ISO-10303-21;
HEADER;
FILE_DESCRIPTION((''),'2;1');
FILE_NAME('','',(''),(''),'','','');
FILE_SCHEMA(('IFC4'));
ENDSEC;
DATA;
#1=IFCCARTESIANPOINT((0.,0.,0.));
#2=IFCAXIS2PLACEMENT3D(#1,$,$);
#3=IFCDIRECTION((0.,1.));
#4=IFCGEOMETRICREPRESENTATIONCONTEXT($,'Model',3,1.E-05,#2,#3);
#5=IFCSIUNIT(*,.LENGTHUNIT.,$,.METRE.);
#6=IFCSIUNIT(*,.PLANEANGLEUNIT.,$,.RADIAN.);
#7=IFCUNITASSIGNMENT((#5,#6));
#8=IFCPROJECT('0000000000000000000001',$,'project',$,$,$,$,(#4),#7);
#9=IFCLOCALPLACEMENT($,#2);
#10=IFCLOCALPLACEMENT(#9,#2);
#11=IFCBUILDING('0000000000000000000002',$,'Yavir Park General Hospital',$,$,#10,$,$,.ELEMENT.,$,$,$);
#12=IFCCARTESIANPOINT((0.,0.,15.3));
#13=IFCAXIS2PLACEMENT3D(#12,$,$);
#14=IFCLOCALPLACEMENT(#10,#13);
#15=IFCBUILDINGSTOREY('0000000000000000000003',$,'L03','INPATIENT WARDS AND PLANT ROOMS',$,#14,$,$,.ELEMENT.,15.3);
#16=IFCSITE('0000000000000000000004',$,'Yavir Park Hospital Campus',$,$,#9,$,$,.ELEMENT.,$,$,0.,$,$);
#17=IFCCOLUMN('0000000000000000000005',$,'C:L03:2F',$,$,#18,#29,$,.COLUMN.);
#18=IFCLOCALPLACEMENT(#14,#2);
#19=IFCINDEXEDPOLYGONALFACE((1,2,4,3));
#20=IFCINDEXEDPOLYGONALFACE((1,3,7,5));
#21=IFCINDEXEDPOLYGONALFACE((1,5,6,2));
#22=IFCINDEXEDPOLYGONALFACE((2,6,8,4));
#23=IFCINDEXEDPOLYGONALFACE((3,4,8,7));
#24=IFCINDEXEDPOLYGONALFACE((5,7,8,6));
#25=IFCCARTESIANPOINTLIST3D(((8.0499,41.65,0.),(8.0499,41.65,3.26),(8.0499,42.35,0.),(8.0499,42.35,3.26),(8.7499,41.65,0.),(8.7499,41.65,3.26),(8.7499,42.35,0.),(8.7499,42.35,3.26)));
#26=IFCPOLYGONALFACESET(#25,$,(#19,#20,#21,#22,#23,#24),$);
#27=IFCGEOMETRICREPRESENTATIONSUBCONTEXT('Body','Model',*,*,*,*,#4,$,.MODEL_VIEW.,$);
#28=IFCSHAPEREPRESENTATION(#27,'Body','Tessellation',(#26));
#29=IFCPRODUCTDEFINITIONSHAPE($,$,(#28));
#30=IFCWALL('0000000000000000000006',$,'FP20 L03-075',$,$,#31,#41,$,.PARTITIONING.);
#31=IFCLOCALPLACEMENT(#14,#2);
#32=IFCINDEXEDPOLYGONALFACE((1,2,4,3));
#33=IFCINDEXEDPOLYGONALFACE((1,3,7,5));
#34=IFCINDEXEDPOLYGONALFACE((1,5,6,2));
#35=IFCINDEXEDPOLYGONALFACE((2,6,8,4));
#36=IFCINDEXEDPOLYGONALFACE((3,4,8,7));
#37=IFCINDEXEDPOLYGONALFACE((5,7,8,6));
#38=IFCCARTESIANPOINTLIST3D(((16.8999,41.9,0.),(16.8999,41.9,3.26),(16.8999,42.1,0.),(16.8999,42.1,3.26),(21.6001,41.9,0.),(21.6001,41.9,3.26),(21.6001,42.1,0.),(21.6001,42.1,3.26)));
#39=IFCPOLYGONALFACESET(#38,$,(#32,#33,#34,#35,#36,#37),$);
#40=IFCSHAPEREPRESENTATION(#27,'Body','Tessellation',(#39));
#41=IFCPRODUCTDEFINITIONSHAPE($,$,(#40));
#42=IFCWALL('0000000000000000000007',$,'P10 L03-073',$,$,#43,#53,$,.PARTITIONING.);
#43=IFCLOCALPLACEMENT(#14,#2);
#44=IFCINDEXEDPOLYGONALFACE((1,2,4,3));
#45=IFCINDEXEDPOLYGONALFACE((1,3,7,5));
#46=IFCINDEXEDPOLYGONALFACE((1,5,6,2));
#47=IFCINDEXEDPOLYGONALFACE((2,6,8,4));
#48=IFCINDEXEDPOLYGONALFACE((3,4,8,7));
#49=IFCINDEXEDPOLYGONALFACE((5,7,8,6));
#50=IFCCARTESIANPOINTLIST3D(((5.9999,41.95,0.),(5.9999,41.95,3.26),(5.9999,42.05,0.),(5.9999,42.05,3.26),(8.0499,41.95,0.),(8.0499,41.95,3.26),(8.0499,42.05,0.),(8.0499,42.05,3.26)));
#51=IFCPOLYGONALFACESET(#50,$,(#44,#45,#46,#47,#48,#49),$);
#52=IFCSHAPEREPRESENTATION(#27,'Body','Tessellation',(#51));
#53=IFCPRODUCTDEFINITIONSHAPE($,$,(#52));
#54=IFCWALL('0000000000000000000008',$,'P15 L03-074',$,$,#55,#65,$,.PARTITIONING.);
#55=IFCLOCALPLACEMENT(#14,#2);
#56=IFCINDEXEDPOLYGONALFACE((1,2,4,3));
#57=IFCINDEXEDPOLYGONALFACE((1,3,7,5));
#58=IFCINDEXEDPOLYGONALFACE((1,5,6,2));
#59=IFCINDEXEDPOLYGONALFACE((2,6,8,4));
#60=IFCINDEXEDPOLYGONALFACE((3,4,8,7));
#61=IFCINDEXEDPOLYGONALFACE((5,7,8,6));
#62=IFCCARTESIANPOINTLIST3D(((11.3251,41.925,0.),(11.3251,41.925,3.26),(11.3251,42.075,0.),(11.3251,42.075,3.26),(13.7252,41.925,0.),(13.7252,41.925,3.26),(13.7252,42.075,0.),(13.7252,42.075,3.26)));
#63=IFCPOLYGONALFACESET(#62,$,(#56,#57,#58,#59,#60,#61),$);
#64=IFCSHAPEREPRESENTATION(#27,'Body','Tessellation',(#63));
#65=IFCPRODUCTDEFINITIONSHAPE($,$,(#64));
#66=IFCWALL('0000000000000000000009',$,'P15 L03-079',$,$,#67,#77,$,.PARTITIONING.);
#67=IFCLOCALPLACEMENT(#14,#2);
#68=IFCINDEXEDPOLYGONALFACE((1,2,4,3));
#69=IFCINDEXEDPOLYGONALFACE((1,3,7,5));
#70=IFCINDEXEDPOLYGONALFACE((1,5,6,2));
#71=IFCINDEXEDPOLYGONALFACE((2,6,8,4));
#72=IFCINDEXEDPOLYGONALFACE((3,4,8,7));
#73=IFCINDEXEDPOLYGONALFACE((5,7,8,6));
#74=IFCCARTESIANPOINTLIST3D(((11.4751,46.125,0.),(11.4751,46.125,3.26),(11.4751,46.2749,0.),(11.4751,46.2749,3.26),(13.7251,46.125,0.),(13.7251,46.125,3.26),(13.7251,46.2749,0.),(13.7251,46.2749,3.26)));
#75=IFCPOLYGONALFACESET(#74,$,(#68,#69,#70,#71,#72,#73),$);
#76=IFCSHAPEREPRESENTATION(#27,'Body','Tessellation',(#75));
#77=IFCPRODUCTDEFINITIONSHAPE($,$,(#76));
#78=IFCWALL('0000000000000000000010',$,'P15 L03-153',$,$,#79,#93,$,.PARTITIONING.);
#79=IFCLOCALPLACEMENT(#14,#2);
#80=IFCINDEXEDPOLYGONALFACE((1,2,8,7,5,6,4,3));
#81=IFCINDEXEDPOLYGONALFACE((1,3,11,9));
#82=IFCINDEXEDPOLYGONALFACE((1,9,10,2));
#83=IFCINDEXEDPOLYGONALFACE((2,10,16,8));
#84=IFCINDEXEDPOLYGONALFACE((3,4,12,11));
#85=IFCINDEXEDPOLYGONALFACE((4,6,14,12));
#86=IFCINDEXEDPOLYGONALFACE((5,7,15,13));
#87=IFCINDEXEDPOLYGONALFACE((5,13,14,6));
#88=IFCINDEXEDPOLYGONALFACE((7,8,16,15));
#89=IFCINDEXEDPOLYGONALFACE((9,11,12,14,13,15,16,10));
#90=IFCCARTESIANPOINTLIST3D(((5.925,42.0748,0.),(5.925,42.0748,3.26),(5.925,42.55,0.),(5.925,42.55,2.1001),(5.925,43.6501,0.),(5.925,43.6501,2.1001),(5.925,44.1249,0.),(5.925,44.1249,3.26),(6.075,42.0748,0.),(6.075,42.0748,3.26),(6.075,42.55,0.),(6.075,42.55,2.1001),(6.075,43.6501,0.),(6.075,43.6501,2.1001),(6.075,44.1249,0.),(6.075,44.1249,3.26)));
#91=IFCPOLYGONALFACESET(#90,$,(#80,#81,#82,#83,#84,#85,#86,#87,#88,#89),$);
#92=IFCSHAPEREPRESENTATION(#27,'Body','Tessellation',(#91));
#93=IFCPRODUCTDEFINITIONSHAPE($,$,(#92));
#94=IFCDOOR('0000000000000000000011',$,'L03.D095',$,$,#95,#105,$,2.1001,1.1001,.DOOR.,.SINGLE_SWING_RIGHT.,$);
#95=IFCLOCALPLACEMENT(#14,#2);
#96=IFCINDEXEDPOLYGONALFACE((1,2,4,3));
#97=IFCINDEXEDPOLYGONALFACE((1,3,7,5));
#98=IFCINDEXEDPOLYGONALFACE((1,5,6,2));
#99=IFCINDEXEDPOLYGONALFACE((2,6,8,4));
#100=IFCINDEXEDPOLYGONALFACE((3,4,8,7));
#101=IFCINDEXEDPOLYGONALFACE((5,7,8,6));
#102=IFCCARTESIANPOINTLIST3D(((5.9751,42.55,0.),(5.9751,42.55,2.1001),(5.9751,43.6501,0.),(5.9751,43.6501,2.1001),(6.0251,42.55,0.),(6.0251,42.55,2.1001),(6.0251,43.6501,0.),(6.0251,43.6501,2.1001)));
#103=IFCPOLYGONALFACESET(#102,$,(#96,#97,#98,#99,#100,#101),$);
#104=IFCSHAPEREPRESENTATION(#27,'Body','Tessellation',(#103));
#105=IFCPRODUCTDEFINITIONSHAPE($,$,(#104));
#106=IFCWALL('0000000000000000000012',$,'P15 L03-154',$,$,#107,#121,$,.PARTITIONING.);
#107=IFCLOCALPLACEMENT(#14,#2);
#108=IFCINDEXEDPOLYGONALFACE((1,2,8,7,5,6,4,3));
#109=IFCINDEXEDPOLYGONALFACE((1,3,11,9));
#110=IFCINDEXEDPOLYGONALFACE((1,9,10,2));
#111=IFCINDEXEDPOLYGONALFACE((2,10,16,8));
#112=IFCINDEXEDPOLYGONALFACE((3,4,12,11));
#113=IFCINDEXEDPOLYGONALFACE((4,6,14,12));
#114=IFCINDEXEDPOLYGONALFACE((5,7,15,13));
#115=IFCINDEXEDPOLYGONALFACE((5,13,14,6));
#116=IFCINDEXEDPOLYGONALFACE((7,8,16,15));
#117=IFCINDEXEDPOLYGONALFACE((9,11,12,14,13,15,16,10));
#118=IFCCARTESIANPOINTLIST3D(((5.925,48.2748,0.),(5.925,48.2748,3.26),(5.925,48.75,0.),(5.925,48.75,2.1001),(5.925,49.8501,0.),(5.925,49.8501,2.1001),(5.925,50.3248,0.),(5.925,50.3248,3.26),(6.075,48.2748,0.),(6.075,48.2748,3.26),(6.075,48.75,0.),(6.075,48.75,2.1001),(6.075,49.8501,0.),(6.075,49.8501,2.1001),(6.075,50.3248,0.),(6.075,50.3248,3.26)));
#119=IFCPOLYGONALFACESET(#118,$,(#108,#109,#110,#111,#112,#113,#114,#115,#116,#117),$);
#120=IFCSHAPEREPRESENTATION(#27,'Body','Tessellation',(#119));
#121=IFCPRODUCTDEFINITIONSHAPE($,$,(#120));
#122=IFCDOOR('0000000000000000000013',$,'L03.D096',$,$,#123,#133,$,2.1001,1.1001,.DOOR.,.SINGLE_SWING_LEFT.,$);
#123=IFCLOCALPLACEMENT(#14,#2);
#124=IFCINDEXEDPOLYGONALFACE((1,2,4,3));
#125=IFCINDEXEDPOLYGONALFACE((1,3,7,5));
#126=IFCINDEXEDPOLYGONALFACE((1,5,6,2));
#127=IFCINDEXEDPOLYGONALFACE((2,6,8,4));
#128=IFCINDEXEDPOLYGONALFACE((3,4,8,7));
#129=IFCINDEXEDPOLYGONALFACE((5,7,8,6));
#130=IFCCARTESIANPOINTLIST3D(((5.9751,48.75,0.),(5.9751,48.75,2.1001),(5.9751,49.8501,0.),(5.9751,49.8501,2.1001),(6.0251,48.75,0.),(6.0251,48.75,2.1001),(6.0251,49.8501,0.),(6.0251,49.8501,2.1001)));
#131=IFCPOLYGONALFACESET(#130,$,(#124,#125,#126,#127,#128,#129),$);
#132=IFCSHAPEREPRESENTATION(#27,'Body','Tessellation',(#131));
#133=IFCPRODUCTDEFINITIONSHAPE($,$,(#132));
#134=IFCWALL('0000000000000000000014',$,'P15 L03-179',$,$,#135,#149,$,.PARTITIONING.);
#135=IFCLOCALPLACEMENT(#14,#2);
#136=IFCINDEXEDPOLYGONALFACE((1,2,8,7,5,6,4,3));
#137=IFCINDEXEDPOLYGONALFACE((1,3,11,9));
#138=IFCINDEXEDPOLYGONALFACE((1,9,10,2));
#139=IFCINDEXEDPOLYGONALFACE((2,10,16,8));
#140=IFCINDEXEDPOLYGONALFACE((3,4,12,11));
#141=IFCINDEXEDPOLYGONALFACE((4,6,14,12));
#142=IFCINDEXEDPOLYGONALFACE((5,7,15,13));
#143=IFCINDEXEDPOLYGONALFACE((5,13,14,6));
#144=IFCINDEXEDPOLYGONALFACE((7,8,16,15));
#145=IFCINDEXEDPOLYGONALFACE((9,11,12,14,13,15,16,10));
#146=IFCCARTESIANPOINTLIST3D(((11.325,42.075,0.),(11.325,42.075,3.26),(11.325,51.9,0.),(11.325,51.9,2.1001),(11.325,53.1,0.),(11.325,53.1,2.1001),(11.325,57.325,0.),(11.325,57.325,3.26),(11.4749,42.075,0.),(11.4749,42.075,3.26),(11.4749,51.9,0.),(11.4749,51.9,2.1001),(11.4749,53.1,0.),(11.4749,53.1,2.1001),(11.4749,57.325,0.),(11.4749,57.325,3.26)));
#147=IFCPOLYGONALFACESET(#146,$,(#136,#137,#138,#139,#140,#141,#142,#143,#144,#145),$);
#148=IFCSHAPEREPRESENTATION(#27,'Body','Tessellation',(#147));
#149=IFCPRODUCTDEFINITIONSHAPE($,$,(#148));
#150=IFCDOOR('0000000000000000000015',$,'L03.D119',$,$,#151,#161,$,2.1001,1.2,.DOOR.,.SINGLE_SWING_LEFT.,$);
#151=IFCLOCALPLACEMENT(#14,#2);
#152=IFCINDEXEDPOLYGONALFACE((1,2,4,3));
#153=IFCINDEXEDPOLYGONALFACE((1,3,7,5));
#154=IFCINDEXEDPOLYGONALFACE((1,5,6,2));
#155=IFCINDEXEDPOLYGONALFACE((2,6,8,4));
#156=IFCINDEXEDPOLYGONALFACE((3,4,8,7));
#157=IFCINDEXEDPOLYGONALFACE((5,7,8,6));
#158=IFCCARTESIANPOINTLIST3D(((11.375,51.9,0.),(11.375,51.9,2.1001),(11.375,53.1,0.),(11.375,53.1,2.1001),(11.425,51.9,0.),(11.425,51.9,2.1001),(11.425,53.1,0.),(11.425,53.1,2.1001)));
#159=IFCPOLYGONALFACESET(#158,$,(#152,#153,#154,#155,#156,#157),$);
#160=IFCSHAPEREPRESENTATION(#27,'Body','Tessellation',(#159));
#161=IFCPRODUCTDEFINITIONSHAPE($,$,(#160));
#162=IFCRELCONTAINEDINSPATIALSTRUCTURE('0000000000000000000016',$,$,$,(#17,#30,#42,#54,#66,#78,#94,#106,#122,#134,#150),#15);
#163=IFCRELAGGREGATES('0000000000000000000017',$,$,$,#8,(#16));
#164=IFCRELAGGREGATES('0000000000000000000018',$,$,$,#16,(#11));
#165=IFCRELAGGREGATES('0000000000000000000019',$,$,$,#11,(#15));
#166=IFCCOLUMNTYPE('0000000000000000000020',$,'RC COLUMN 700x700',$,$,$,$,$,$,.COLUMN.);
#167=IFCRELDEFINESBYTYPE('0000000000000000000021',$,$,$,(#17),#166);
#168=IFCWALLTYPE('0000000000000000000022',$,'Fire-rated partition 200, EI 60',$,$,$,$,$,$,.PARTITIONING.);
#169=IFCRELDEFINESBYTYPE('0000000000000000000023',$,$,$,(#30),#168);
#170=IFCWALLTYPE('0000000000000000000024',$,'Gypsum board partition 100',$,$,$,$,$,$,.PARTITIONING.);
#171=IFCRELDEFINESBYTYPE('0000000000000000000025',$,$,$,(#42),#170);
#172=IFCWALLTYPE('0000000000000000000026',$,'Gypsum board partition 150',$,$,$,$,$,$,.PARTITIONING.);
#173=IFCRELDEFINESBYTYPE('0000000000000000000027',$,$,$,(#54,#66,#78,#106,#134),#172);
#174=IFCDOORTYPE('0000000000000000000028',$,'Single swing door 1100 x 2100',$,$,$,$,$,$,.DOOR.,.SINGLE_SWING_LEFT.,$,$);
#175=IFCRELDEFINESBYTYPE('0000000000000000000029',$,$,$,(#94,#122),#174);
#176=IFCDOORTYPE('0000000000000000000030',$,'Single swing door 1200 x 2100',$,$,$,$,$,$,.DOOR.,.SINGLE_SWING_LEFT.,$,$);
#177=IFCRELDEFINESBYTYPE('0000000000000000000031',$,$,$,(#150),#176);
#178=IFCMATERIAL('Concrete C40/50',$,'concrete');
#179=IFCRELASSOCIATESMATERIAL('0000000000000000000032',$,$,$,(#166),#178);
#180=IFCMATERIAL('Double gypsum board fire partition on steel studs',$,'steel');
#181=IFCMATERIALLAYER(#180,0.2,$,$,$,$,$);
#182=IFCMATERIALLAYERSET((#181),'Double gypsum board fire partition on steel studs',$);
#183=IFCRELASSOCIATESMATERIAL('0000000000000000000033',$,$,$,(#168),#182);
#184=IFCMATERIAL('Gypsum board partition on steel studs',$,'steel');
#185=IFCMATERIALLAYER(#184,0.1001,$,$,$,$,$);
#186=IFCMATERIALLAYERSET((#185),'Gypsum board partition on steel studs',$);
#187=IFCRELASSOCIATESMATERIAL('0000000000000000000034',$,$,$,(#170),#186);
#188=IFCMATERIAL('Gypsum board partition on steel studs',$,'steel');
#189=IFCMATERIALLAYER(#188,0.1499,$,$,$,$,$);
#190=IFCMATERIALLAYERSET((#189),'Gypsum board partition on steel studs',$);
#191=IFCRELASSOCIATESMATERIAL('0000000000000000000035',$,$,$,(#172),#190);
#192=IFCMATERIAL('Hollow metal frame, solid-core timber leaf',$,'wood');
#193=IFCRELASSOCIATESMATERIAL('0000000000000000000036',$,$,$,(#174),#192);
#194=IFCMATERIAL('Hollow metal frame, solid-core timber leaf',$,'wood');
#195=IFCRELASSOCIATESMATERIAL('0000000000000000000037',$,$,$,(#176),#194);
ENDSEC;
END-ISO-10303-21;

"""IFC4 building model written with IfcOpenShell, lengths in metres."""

from ifc_helpers import new_model, si_unit, direction, frame, frame_2d, origin, origin_2d, place, context, subcontext, project, spatial, rectangle, extrude, material, layer, layer_set, material_profile, profile_set, type_object, element, fill, save


model = new_model("IFC4")

# Units and contexts
model_context = context("Model", 3, precision=1e-05, world=origin(), true_north=direction((0.0, 1.0)))
body_context = subcontext(model_context, "Body", "Model", "MODEL_VIEW")
ifc_project = project(units=[si_unit("LENGTHUNIT", "METRE"), si_unit("PLANEANGLEUNIT", "RADIAN")], contexts=[model_context])

# Site, building, storey
site_placement = place(None, origin())
site = spatial("IfcSite", under=ifc_project, at=site_placement, Name="Yavir Park Hospital Campus", CompositionType="ELEMENT", RefElevation=0.0)
building_placement = place(site_placement, origin())
building = spatial("IfcBuilding", under=site, at=building_placement, Name="Yavir Park General Hospital", CompositionType="ELEMENT")
storey_placement = place(building_placement, frame((0.0, 0.0, 15.3)))
storey = spatial("IfcBuildingStorey", under=building, at=storey_placement, Name="L03", Description="INPATIENT WARDS AND PLANT ROOMS", CompositionType="ELEMENT", Elevation=15.3)

# Column
ifc_material_1 = material(Name="Concrete C40/50", Category="concrete")
ifc_material_profile = material_profile(ifc_material_1, rectangle(XDim=0.7, YDim=0.7, at=origin_2d()), Name="RC700x700")
ifc_profile_set = profile_set([ifc_material_profile], Name="Concrete C40/50")
column_type = type_object("IfcColumnType", Name="RC COLUMN 700x700", PredefinedType="COLUMN", material=ifc_profile_set)
column_placement = place(storey_placement, frame((8.3999, 42.0, 0.0), z_axis=(0.0, 0.0, 1.0), x_axis=(1.0, 0.0, 0.0)))
element("IfcColumn", 1, at=column_placement, inside=storey, type_object=column_type, Name="C:L03:2F", PredefinedType="COLUMN", context=body_context, shape_type="SweptSolid", body=[
    extrude(rectangle(XDim=0.7, YDim=0.7, at=origin_2d()), origin(), (0.0, 0.0, 1.0), 3.26),
])

# Wall
ifc_material_2 = material(Name="Double gypsum board fire partition on steel studs", Category="steel")
ifc_layer_1 = layer(ifc_material_2, 0.2)
ifc_layer_set_1 = layer_set([ifc_layer_1], Name="Double gypsum board fire partition on steel studs")
wall_type_1 = type_object("IfcWallType", Name="Fire-rated partition 200, EI 60", PredefinedType="PARTITIONING", material=ifc_layer_set_1)
wall_1_placement = place(storey_placement, frame((16.8999, 42.0, 0.0), z_axis=(0.0, 0.0, 1.0), x_axis=(1.0, 0.0, 0.0)))
element("IfcWall", 2, at=wall_1_placement, inside=storey, type_object=wall_type_1, Name="FP20 L03-075", PredefinedType="PARTITIONING", context=body_context, shape_type="SweptSolid", body=[
    extrude(rectangle(XDim=4.7002, YDim=0.2, at=frame_2d((2.3501, 0.0))), origin(), (0.0, 0.0, 1.0), 3.26),
])

# Walls
ifc_material_3 = material(Name="Gypsum board partition on steel studs", Category="steel")
ifc_layer_2 = layer(ifc_material_3, 0.1001)
ifc_layer_set_2 = layer_set([ifc_layer_2], Name="Gypsum board partition on steel studs")
wall_type_2 = type_object("IfcWallType", Name="Gypsum board partition 100", PredefinedType="PARTITIONING", material=ifc_layer_set_2)
wall_2_placement = place(storey_placement, frame((6.0, 42.0, 0.0), z_axis=(0.0, 0.0, 1.0), x_axis=(1.0, 0.0, 0.0)))
element("IfcWall", 3, at=wall_2_placement, inside=storey, type_object=wall_type_2, Name="P10 L03-073", PredefinedType="PARTITIONING", context=body_context, shape_type="SweptSolid", body=[
    extrude(rectangle(XDim=2.05, YDim=0.1001, at=frame_2d((1.0249, 0.0))), origin(), (0.0, 0.0, 1.0), 3.26),
])
ifc_material_4 = material(Name="Gypsum board partition on steel studs", Category="steel")
ifc_layer_3 = layer(ifc_material_4, 0.1499)
ifc_layer_set_3 = layer_set([ifc_layer_3], Name="Gypsum board partition on steel studs")
wall_type_3 = type_object("IfcWallType", Name="Gypsum board partition 150", PredefinedType="PARTITIONING", material=ifc_layer_set_3)
wall_3_placement = place(storey_placement, frame((11.325, 42.0, 0.0), z_axis=(0.0, 0.0, 1.0), x_axis=(1.0, 0.0, 0.0)))
element("IfcWall", 4, at=wall_3_placement, inside=storey, type_object=wall_type_3, Name="P15 L03-074", PredefinedType="PARTITIONING", context=body_context, shape_type="SweptSolid", body=[
    extrude(rectangle(XDim=2.4001, YDim=0.1499, at=frame_2d((1.2002, 0.0))), origin(), (0.0, 0.0, 1.0), 3.26),
])
wall_4_placement = place(storey_placement, frame((11.4751, 46.2, 0.0), z_axis=(0.0, 0.0, 1.0), x_axis=(1.0, 0.0, 0.0)))
element("IfcWall", 5, at=wall_4_placement, inside=storey, type_object=wall_type_3, Name="P15 L03-079", PredefinedType="PARTITIONING", context=body_context, shape_type="SweptSolid", body=[
    extrude(rectangle(XDim=2.25, YDim=0.1499, at=frame_2d((1.125, 0.0))), origin(), (0.0, 0.0, 1.0), 3.26),
])

# Walls, openings, doors
wall_5_placement = place(storey_placement, frame((6.0, 42.075, 0.0), z_axis=(0.0, 0.0, 1.0), x_axis=(0.0, 1.0, 0.0)))
wall_5 = element("IfcWall", 6, at=wall_5_placement, inside=storey, type_object=wall_type_3, Name="P15 L03-153", PredefinedType="PARTITIONING", context=body_context, shape_type="SweptSolid", body=[
    extrude(rectangle(XDim=2.05, YDim=0.1499, at=frame_2d((1.0249, 0.0))), origin(), (0.0, 0.0, 1.0), 3.26),
])
opening_1_placement = place(wall_5_placement, frame((0.4751, 0.0, 0.0)))
opening_1 = element("IfcOpeningElement", 7, at=opening_1_placement, cuts=wall_5, PredefinedType="OPENING", context=body_context, shape_type="SweptSolid", body=[
    extrude(rectangle(XDim=1.1001, YDim=2.1001, at=frame_2d((0.55, 1.05))), frame((0.0, 0.085, 0.0), z_axis=(0.0, -1.0, 0.0), x_axis=(1.0, 0.0, 0.0)), (0.0, 0.0, 1.0), 0.1699),
])
ifc_material_5 = material(Name="Hollow metal frame, solid-core timber leaf", Category="wood")
door_type_1 = type_object("IfcDoorType", Name="Single swing door 1100 x 2100", OperationType="SINGLE_SWING_LEFT", PredefinedType="DOOR", material=ifc_material_5)
door_1_placement = place(opening_1_placement, origin())
door_1 = element("IfcDoor", 8, at=door_1_placement, inside=storey, type_object=door_type_1, Name="L03.D095", OperationType="SINGLE_SWING_RIGHT", OverallHeight=2.1001, OverallWidth=1.1001, PredefinedType="DOOR", context=body_context, shape_type="SweptSolid", body=[
    extrude(rectangle(XDim=1.1001, YDim=2.1001, at=frame_2d((0.55, 1.05))), frame((0.0, 0.0249, 0.0), z_axis=(0.0, -1.0, 0.0), x_axis=(1.0, 0.0, 0.0)), (0.0, 0.0, 1.0), 0.05),
])
fill(opening_1, door_1)
wall_6_placement = place(storey_placement, frame((6.0, 48.2749, 0.0), z_axis=(0.0, 0.0, 1.0), x_axis=(0.0, 1.0, 0.0)))
wall_6 = element("IfcWall", 9, at=wall_6_placement, inside=storey, type_object=wall_type_3, Name="P15 L03-154", PredefinedType="PARTITIONING", context=body_context, shape_type="SweptSolid", body=[
    extrude(rectangle(XDim=2.05, YDim=0.1499, at=frame_2d((1.0249, 0.0))), origin(), (0.0, 0.0, 1.0), 3.26),
])
opening_2_placement = place(wall_6_placement, frame((0.4751, 0.0, 0.0)))
opening_2 = element("IfcOpeningElement", 10, at=opening_2_placement, cuts=wall_6, PredefinedType="OPENING", context=body_context, shape_type="SweptSolid", body=[
    extrude(rectangle(XDim=1.1001, YDim=2.1001, at=frame_2d((0.55, 1.05))), frame((0.0, 0.085, 0.0), z_axis=(0.0, -1.0, 0.0), x_axis=(1.0, 0.0, 0.0)), (0.0, 0.0, 1.0), 0.1699),
])
door_2_placement = place(opening_2_placement, origin())
door_2 = element("IfcDoor", 11, at=door_2_placement, inside=storey, type_object=door_type_1, Name="L03.D096", OperationType="SINGLE_SWING_LEFT", OverallHeight=2.1001, OverallWidth=1.1001, PredefinedType="DOOR", context=body_context, shape_type="SweptSolid", body=[
    extrude(rectangle(XDim=1.1001, YDim=2.1001, at=frame_2d((0.55, 1.05))), frame((0.0, 0.0249, 0.0), z_axis=(0.0, -1.0, 0.0), x_axis=(1.0, 0.0, 0.0)), (0.0, 0.0, 1.0), 0.05),
])
fill(opening_2, door_2)

# Wall, opening, door
wall_7_placement = place(storey_placement, frame((11.3999, 42.075, 0.0), z_axis=(0.0, 0.0, 1.0), x_axis=(0.0, 1.0, 0.0)))
wall_7 = element("IfcWall", 12, at=wall_7_placement, inside=storey, type_object=wall_type_3, Name="P15 L03-179", PredefinedType="PARTITIONING", context=body_context, shape_type="SweptSolid", body=[
    extrude(rectangle(XDim=15.25, YDim=0.1499, at=frame_2d((7.625, 0.0))), origin(), (0.0, 0.0, 1.0), 3.26),
])
opening_3_placement = place(wall_7_placement, frame((9.825, 0.0, 0.0)))
opening_3 = element("IfcOpeningElement", 13, at=opening_3_placement, cuts=wall_7, PredefinedType="OPENING", context=body_context, shape_type="SweptSolid", body=[
    extrude(rectangle(XDim=1.2, YDim=2.1001, at=frame_2d((0.6001, 1.05))), frame((0.0, 0.085, 0.0), z_axis=(0.0, -1.0, 0.0), x_axis=(1.0, 0.0, 0.0)), (0.0, 0.0, 1.0), 0.1699),
])
ifc_material_6 = material(Name="Hollow metal frame, solid-core timber leaf", Category="wood")
door_type_2 = type_object("IfcDoorType", Name="Single swing door 1200 x 2100", OperationType="SINGLE_SWING_LEFT", PredefinedType="DOOR", material=ifc_material_6)
door_3_placement = place(opening_3_placement, origin())
door_3 = element("IfcDoor", 14, at=door_3_placement, inside=storey, type_object=door_type_2, Name="L03.D119", OperationType="SINGLE_SWING_LEFT", OverallHeight=2.1001, OverallWidth=1.2, PredefinedType="DOOR", context=body_context, shape_type="SweptSolid", body=[
    extrude(rectangle(XDim=1.2, YDim=2.1001, at=frame_2d((0.6001, 1.05))), frame((0.0, 0.0249, 0.0), z_axis=(0.0, -1.0, 0.0), x_axis=(1.0, 0.0, 0.0)), (0.0, 0.0, 1.0), 0.05),
])
fill(opening_3, door_3)

save(model, "model.ifc")
